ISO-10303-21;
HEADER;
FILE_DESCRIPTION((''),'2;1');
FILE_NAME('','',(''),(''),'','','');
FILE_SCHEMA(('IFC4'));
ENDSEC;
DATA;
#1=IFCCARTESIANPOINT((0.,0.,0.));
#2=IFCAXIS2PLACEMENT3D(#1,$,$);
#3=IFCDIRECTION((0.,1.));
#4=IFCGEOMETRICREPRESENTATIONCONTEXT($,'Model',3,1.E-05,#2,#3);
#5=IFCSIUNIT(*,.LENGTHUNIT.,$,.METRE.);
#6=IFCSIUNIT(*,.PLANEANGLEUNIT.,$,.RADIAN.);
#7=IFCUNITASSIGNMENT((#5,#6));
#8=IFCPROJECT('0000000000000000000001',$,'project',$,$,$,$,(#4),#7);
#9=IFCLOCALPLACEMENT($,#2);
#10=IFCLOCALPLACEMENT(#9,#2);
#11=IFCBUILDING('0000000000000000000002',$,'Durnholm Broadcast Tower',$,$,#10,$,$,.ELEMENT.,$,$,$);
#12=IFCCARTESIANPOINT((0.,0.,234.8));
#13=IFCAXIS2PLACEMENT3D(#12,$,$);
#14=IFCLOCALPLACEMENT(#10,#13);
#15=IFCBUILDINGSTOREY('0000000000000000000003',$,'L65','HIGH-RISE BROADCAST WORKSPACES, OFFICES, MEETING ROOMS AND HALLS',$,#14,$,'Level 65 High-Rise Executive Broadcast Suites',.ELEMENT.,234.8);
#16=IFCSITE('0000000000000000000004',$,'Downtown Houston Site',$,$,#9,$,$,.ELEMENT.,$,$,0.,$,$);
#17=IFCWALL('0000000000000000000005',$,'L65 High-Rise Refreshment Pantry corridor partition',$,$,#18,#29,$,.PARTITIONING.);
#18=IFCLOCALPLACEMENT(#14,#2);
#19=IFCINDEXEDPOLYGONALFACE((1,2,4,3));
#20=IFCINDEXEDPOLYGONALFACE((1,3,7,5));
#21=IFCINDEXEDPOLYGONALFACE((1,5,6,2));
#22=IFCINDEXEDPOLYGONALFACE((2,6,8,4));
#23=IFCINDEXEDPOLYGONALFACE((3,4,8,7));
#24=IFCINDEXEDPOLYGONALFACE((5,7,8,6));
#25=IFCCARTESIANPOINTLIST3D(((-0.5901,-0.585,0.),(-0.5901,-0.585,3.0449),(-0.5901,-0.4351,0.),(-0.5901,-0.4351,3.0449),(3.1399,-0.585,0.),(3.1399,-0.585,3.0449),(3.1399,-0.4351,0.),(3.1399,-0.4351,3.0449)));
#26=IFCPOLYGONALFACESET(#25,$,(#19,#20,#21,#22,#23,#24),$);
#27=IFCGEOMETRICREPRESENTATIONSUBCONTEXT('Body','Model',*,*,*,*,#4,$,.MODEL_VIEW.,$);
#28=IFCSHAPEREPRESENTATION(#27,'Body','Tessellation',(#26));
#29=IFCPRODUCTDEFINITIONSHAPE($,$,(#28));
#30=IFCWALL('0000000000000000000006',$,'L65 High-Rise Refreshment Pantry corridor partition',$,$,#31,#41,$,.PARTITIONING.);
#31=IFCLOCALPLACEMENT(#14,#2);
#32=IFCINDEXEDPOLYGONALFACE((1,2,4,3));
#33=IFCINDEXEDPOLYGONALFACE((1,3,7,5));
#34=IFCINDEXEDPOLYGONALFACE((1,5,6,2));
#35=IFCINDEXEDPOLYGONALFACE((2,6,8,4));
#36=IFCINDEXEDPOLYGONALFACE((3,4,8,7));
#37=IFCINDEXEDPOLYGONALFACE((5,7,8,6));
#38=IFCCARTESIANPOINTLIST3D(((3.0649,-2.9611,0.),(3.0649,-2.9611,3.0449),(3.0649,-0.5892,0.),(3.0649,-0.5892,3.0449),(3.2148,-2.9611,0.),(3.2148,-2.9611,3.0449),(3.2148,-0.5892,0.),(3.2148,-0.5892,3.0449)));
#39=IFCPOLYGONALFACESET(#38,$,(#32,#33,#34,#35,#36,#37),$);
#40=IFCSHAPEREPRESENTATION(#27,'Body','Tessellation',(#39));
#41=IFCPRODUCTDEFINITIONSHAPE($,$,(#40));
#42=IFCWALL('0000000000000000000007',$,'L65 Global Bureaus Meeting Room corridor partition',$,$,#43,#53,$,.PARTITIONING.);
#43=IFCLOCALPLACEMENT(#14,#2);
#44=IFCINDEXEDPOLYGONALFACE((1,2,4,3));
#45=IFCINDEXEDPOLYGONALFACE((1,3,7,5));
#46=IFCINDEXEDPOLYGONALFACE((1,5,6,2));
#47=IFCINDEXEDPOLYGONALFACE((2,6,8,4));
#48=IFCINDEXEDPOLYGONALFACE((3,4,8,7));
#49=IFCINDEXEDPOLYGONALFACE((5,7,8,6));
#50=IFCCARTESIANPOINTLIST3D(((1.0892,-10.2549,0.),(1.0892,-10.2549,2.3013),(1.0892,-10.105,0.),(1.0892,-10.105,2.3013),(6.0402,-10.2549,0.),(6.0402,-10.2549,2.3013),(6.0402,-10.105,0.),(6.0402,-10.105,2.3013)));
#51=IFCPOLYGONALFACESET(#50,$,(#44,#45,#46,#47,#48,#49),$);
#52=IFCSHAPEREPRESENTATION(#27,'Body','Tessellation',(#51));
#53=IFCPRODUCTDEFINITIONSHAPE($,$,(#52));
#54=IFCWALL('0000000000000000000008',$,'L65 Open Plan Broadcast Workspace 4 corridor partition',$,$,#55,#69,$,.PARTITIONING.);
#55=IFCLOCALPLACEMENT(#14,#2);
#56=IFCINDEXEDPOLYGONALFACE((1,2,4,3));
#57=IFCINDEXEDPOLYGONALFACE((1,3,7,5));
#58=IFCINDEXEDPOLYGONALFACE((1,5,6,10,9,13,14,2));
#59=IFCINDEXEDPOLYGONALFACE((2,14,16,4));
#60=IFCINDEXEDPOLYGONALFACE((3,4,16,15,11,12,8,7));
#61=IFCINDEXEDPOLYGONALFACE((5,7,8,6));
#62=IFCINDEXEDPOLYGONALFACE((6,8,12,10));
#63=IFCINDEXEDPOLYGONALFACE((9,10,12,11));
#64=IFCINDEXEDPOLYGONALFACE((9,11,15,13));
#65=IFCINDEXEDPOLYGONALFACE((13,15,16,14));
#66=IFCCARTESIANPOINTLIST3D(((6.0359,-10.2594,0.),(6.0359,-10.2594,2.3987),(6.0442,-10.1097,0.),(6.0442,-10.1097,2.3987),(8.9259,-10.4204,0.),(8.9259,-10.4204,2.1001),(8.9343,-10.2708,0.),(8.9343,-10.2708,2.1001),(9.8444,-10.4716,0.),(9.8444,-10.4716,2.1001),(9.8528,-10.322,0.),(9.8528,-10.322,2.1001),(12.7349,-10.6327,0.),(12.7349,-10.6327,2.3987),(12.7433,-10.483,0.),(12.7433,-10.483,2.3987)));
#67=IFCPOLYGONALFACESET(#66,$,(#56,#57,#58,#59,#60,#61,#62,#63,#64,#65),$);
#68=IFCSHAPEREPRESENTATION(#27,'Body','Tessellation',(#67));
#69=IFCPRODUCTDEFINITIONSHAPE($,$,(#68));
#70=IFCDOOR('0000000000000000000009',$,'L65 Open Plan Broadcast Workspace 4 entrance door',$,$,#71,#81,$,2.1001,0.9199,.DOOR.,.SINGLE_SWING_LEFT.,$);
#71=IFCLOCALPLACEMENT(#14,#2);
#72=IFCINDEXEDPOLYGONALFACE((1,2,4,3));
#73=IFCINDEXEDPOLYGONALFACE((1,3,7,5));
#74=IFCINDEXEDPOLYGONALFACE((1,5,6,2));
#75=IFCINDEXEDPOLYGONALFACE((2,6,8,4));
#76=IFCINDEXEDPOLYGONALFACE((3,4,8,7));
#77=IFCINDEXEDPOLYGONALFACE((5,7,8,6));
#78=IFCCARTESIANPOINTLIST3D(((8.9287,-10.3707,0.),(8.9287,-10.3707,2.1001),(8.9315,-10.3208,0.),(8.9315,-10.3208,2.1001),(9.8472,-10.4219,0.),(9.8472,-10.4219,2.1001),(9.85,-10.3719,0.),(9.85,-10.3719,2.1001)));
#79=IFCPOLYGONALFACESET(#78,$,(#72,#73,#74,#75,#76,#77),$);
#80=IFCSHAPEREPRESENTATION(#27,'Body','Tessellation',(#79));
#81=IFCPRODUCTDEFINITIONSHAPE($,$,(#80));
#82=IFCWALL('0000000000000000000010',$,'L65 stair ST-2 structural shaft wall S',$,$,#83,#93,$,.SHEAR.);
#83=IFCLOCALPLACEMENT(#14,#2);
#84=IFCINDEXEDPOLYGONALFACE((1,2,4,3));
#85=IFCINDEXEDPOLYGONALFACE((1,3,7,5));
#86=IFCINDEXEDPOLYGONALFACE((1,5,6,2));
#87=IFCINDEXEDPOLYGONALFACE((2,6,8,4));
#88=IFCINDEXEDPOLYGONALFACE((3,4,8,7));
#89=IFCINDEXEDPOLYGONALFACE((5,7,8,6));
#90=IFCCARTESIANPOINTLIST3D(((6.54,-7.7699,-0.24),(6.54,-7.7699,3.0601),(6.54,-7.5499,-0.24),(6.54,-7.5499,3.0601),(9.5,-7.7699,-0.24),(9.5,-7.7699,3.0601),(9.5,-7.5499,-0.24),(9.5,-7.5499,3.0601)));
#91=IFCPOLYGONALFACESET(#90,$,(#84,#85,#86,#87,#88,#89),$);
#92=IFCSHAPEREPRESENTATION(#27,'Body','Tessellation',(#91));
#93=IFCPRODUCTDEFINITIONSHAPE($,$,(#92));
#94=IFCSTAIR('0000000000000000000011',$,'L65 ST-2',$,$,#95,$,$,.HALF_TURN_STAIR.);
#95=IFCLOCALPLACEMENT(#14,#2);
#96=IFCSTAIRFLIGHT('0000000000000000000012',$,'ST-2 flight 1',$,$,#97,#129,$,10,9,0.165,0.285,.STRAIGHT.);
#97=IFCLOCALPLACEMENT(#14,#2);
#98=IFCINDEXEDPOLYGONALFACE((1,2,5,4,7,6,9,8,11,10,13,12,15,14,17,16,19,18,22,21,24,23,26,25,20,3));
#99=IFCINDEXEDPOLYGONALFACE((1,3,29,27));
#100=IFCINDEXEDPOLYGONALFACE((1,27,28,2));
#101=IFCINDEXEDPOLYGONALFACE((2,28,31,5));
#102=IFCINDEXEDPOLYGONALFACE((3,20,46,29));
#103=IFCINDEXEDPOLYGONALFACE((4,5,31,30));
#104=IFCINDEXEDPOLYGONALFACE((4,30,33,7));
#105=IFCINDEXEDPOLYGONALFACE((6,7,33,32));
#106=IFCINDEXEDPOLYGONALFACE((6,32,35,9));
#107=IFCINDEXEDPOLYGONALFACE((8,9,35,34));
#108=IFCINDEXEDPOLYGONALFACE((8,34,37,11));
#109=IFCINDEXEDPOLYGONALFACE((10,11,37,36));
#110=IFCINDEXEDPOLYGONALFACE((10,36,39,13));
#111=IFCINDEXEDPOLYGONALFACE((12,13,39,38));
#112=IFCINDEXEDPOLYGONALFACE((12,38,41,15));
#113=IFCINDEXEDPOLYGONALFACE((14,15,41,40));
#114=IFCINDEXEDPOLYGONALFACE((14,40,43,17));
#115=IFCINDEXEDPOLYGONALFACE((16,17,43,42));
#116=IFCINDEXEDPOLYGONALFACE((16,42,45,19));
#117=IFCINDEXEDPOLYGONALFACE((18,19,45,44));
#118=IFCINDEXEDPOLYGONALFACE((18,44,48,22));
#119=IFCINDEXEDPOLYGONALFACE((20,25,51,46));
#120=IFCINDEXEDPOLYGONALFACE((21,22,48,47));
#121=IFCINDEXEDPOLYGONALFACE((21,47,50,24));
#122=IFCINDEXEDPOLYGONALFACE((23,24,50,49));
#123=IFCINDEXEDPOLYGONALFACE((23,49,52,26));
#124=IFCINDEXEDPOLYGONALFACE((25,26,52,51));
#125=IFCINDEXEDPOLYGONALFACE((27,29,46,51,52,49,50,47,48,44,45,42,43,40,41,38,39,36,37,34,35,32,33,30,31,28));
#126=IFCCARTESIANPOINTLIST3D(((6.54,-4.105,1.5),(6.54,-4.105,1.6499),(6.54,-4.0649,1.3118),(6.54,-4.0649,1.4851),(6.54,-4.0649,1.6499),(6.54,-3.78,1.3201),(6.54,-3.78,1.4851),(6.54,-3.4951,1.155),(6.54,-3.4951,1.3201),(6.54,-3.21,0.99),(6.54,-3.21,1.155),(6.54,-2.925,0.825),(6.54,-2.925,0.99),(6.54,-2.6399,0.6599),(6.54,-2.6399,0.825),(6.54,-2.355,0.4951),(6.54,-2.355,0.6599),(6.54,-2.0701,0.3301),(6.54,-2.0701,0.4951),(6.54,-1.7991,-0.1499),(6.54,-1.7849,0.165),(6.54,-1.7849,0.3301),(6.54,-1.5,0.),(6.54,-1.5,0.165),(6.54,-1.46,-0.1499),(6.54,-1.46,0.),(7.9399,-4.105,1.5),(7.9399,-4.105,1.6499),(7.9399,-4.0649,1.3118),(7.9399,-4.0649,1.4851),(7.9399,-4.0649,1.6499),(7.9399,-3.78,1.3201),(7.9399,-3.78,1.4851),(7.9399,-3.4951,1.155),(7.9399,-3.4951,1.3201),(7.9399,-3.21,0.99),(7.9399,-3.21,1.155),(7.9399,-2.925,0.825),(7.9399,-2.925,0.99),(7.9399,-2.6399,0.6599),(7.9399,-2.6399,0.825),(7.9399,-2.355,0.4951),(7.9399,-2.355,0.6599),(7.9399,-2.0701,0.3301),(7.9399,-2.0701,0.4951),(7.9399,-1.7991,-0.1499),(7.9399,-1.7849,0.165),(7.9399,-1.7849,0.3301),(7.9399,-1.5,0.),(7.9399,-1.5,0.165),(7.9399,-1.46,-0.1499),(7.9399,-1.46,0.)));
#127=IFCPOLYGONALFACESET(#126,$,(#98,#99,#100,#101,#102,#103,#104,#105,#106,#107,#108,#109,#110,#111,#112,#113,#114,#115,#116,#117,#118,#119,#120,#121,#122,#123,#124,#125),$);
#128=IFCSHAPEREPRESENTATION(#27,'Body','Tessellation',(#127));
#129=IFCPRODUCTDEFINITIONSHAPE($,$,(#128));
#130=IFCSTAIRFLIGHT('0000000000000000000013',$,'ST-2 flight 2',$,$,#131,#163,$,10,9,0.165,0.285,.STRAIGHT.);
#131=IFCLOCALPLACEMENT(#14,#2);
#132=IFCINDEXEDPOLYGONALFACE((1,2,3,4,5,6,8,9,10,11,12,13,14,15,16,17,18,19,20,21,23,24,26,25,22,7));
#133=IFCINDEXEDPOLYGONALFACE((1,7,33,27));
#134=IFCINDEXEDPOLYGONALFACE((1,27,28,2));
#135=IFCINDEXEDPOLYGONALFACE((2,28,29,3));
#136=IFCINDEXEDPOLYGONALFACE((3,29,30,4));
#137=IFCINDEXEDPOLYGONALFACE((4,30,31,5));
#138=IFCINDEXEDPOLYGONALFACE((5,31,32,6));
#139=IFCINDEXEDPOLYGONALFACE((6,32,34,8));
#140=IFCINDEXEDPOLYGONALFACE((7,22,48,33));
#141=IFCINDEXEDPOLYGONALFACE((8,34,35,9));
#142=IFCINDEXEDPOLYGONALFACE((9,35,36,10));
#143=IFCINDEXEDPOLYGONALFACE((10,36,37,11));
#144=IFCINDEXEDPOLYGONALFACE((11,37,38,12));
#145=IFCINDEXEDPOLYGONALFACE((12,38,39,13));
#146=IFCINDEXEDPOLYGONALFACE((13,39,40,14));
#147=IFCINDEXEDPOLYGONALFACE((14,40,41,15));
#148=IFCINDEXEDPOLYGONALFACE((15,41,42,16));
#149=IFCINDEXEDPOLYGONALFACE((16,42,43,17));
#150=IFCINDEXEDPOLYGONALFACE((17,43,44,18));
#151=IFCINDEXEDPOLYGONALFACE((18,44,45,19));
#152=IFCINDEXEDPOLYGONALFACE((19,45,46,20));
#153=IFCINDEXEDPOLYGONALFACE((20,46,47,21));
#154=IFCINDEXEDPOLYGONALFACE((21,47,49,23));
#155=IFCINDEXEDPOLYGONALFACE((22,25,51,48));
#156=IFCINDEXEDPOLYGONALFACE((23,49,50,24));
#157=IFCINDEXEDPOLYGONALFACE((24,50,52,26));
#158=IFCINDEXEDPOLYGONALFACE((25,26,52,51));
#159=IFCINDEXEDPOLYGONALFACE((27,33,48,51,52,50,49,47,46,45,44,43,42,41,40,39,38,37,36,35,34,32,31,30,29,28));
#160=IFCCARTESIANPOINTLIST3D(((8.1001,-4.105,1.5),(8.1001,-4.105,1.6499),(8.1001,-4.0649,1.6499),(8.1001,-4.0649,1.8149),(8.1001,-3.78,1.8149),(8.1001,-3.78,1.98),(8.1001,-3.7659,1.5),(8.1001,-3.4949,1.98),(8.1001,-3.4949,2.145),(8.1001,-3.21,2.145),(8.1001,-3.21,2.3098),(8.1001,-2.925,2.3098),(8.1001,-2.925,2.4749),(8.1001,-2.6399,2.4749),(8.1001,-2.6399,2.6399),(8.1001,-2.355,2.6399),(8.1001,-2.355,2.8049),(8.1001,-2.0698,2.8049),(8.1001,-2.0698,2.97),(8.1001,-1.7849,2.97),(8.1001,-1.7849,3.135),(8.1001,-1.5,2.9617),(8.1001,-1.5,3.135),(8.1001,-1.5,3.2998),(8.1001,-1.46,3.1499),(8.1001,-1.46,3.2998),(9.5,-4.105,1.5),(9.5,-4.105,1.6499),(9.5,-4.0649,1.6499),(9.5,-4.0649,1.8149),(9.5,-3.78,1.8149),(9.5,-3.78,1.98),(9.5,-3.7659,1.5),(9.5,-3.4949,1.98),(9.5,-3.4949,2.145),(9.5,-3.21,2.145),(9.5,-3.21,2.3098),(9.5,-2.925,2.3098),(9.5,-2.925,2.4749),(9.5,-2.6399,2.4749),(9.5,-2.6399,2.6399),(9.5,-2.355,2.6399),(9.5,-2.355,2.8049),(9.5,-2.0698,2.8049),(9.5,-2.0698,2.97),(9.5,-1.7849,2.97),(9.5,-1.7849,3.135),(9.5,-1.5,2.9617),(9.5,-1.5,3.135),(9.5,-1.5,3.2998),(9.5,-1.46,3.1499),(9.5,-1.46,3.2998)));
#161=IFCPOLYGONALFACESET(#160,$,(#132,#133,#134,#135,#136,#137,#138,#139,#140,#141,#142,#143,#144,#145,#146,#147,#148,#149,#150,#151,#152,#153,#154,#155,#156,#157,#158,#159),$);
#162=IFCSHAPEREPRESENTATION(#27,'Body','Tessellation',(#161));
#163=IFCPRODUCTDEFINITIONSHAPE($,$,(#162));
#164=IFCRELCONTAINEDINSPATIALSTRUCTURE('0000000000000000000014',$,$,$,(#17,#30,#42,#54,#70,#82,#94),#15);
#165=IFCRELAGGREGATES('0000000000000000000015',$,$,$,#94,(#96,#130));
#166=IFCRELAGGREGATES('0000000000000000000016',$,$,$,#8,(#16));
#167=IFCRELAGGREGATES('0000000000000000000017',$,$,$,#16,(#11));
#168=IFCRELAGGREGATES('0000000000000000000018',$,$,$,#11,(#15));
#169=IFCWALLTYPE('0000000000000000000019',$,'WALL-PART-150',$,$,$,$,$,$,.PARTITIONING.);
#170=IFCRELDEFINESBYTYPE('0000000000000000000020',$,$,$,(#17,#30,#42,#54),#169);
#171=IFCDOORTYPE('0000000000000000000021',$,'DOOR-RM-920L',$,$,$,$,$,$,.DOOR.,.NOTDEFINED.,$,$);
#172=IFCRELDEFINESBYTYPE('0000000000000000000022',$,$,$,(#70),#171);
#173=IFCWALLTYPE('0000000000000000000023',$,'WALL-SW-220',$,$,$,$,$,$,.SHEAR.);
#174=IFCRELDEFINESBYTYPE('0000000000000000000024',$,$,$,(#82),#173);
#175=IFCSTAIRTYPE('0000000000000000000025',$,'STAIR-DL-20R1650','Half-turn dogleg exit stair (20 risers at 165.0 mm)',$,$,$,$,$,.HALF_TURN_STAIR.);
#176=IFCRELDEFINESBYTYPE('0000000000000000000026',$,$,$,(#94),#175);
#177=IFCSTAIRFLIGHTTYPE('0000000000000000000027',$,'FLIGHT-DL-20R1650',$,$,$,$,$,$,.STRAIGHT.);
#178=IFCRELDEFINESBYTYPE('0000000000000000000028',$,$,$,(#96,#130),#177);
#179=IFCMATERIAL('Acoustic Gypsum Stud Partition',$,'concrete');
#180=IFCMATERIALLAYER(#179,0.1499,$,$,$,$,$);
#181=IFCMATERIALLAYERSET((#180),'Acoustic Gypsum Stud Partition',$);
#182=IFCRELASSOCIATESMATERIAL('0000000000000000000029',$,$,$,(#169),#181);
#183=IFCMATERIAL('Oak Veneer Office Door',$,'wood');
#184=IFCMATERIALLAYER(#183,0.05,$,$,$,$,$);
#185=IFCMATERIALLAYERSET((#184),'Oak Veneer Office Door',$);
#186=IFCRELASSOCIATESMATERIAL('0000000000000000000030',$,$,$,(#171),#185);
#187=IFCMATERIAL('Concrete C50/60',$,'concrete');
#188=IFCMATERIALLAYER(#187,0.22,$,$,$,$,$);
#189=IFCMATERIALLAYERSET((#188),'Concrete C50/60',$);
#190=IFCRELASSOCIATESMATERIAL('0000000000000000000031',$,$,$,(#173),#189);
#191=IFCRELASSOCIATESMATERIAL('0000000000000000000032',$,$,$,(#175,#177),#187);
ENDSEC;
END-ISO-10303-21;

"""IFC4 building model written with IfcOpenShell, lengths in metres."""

from ifc_helpers import new_model, si_unit, direction, frame, frame_2d, origin, place, context, subcontext, project, spatial, polyline, rectangle, outline, extrude, source, transform, mapped, material, layer, layer_set, type_object, type_shapes, element, fill, aggregate, save


model = new_model("IFC4")

# Units and contexts
model_context = context("Model", 3, precision=1e-05, world=origin(), true_north=direction((0.0, 1.0)))
body_context = subcontext(model_context, "Body", "Model", "MODEL_VIEW")
ifc_project = project(units=[si_unit("LENGTHUNIT", "METRE"), si_unit("PLANEANGLEUNIT", "RADIAN")], contexts=[model_context])

# Site, building, storey
site_placement = place(None, origin())
site = spatial("IfcSite", under=ifc_project, at=site_placement, Name="Downtown Houston Site", CompositionType="ELEMENT", RefElevation=0.0)
building_placement = place(site_placement, origin())
building = spatial("IfcBuilding", under=site, at=building_placement, Name="Durnholm Broadcast Tower", CompositionType="ELEMENT")
storey_placement = place(building_placement, frame((0.0, 0.0, 234.8)))
storey = spatial("IfcBuildingStorey", under=building, at=storey_placement, Name="L65", Description="HIGH-RISE BROADCAST WORKSPACES, OFFICES, MEETING ROOMS AND HALLS", LongName="Level 65 High-Rise Executive Broadcast Suites", CompositionType="ELEMENT", Elevation=234.8)

# Shared definitions
ifc_material_1 = material(Name="Acoustic Gypsum Stud Partition", Category="concrete")
ifc_layer_1 = layer(ifc_material_1, 0.1499)
ifc_layer_set_1 = layer_set([ifc_layer_1], Name="Acoustic Gypsum Stud Partition")
wall_type_1 = type_object("IfcWallType", Name="WALL-PART-150", PredefinedType="PARTITIONING", material=ifc_layer_set_1)

# Walls
wall_1_placement = place(storey_placement, frame((-0.5901, -0.51, 0.0), z_axis=(0.0, 0.0, 1.0), x_axis=(1.0, 0.0, 0.0)))
element("IfcWall", 1, at=wall_1_placement, inside=storey, type_object=wall_type_1, Name="L65 High-Rise Refreshment Pantry corridor partition", PredefinedType="PARTITIONING", context=body_context, shape_type="SweptSolid", body=[
    extrude(rectangle(XDim=3.73, YDim=0.1499, at=frame_2d((1.865, 0.0))), origin(), (0.0, 0.0, 1.0), 3.0449),
])
wall_2_placement = place(storey_placement, frame((3.1399, -0.5891, 0.0), z_axis=(0.0, 0.0, 1.0), x_axis=(0.0, -1.0, 0.0)))
element("IfcWall", 2, at=wall_2_placement, inside=storey, type_object=wall_type_1, Name="L65 High-Rise Refreshment Pantry corridor partition", PredefinedType="PARTITIONING", context=body_context, shape_type="SweptSolid", body=[
    extrude(rectangle(XDim=2.3718, YDim=0.1499, at=frame_2d((1.186, 0.0))), origin(), (0.0, 0.0, 1.0), 3.0449),
])
wall_3_placement = place(storey_placement, frame((1.0891, -10.1799, 0.0), z_axis=(0.0, 0.0, 1.0), x_axis=(1.0, 0.0, 0.0)))
element("IfcWall", 3, at=wall_3_placement, inside=storey, type_object=wall_type_1, Name="L65 Global Bureaus Meeting Room corridor partition", PredefinedType="PARTITIONING", context=body_context, shape_type="SweptSolid", body=[
    extrude(rectangle(XDim=4.9509, YDim=0.1499, at=frame_2d((2.4756, 0.0))), origin(), (0.0, 0.0, 1.0), 2.3013),
])

# Wall, opening, door
wall_4_placement = place(storey_placement, frame((6.04, -10.1846, 0.0), z_axis=(0.0, 0.0, 1.0), x_axis=(0.998451, -0.055637, 0.0)))
wall_4 = element("IfcWall", 4, at=wall_4_placement, inside=storey, type_object=wall_type_1, Name="L65 Open Plan Broadcast Workspace 4 corridor partition", PredefinedType="PARTITIONING", context=body_context, shape_type="SweptSolid", body=[
    extrude(rectangle(XDim=6.7095, YDim=0.1499, at=frame_2d((3.3547, 0.0))), origin(), (0.0, 0.0, 1.0), 2.3987),
])
opening_1_placement = place(wall_4_placement, frame((2.8945, 0.0, 0.0)))
opening_1 = element("IfcOpeningElement", 5, at=opening_1_placement, cuts=wall_4, PredefinedType="OPENING", context=body_context, shape_type="SweptSolid", body=[
    extrude(rectangle(XDim=0.9199, YDim=2.1001, at=frame_2d((0.46, 1.05))), frame((0.0, 0.085, 0.0), z_axis=(0.0, -1.0, 0.0), x_axis=(1.0, 0.0, 0.0)), (0.0, 0.0, 1.0), 0.1699),
])
ifc_material_2 = material(Name="Oak Veneer Office Door", Category="wood")
ifc_layer_2 = layer(ifc_material_2, 0.05)
ifc_layer_set_2 = layer_set([ifc_layer_2], Name="Oak Veneer Office Door")
door_type_1 = type_object("IfcDoorType", Name="DOOR-RM-920L", OperationType="NOTDEFINED", PredefinedType="DOOR", material=ifc_layer_set_2)
shared_shape_1 = source(origin(), body_context, "Body", "SweptSolid", [
    extrude(rectangle(XDim=0.9199, YDim=2.1001, at=frame_2d((0.46, 1.05))), frame((0.0, 0.0249, 0.0), z_axis=(0.0, -1.0, 0.0), x_axis=(1.0, 0.0, 0.0)), (0.0, 0.0, 1.0), 0.05),
])
type_shapes(door_type_1, [shared_shape_1])
door_1_placement = place(opening_1_placement, origin())
door_1 = element("IfcDoor", 6, at=door_1_placement, inside=storey, type_object=door_type_1, Name="L65 Open Plan Broadcast Workspace 4 entrance door", OperationType="SINGLE_SWING_LEFT", OverallHeight=2.1001, OverallWidth=0.9199, PredefinedType="DOOR", context=body_context, shape_type="MappedRepresentation", body=[
    mapped(shared_shape_1, transform((0.0, 0.0, 0.0), x_axis=(1.0, 0.0, 0.0), y_axis=(0.0, 1.0, 0.0), z_axis=(0.0, 0.0, 1.0), scale=1.0)),
])
fill(opening_1, door_1)

# Wall
ifc_material_3 = material(Name="Concrete C50/60", Category="concrete")
ifc_layer_3 = layer(ifc_material_3, 0.22)
ifc_layer_set_3 = layer_set([ifc_layer_3], Name="Concrete C50/60")
wall_type_2 = type_object("IfcWallType", Name="WALL-SW-220", PredefinedType="SHEAR", material=ifc_layer_set_3)
wall_5_placement = place(storey_placement, frame((6.54, -7.6599, -0.24), z_axis=(0.0, 0.0, 1.0), x_axis=(1.0, 0.0, 0.0)))
element("IfcWall", 7, at=wall_5_placement, inside=storey, type_object=wall_type_2, Name="L65 stair ST-2 structural shaft wall S", PredefinedType="SHEAR", context=body_context, shape_type="SweptSolid", body=[
    extrude(rectangle(XDim=2.96, YDim=0.22, at=frame_2d((1.48, 0.0))), origin(), (0.0, 0.0, 1.0), 3.3),
])

# Stair, stair flights
stair_type = type_object("IfcStairType", Name="STAIR-DL-20R1650", Description="Half-turn dogleg exit stair (20 risers at 165.0 mm)", PredefinedType="HALF_TURN_STAIR", material=ifc_material_3)
stair_placement = place(storey_placement, origin())
stair = element("IfcStair", 8, at=stair_placement, inside=storey, type_object=stair_type, Name="L65 ST-2", PredefinedType="HALF_TURN_STAIR")
stair_flight_type = type_object("IfcStairFlightType", Name="FLIGHT-DL-20R1650", PredefinedType="STRAIGHT", material=ifc_material_3)
stair_flight_1_placement = place(storey_placement, frame((7.24, -1.5, 0.0), z_axis=(0.0, 0.0, 1.0), x_axis=(0.0, -1.0, 0.0)))
stair_flight_1 = element("IfcStairFlight", 9, at=stair_flight_1_placement, type_object=stair_flight_type, Name="ST-2 flight 1", NumberOfRisers=10, NumberOfTreads=9, PredefinedType="STRAIGHT", RiserHeight=0.165, TreadLength=0.285, context=body_context, shape_type="SweptSolid", body=[
    extrude(outline(polyline([(-0.04, -0.1499), (-0.04, 0.0), (0.0, 0.0), (0.0, 0.165), (0.2849, 0.165), (0.2849, 0.3301), (0.5701, 0.3301), (0.5701, 0.4951), (0.855, 0.4951), (0.855, 0.6599), (1.1399, 0.6599), (1.1399, 0.825), (1.425, 0.825), (1.425, 0.99), (1.71, 0.99), (1.71, 1.155), (1.9951, 1.155), (1.9951, 1.3201), (2.28, 1.3201), (2.28, 1.4851), (2.5649, 1.4851), (2.5649, 1.6499), (2.605, 1.6499), (2.605, 1.5), (2.5649, 1.3118), (0.2991, -0.1499), (-0.04, -0.1499)])), frame((0.0, 0.7, 0.0), z_axis=(0.0, -1.0, 0.0), x_axis=(1.0, 0.0, 0.0)), (0.0, 0.0, 1.0), 1.3999),
])
stair_flight_2_placement = place(storey_placement, frame((8.8, -4.0649, 1.6499), z_axis=(0.0, 0.0, 1.0), x_axis=(0.0, 1.0, 0.0)))
stair_flight_2 = element("IfcStairFlight", 10, at=stair_flight_2_placement, type_object=stair_flight_type, Name="ST-2 flight 2", NumberOfRisers=10, NumberOfTreads=9, PredefinedType="STRAIGHT", RiserHeight=0.165, TreadLength=0.285, context=body_context, shape_type="SweptSolid", body=[
    extrude(outline(polyline([(-0.04, -0.1499), (-0.04, 0.0), (0.0, 0.0), (0.0, 0.165), (0.2849, 0.165), (0.2849, 0.3301), (0.5701, 0.3301), (0.5701, 0.4951), (0.855, 0.4951), (0.855, 0.6599), (1.1399, 0.6599), (1.1399, 0.825), (1.425, 0.825), (1.425, 0.99), (1.71, 0.99), (1.71, 1.155), (1.9951, 1.155), (1.9951, 1.3201), (2.28, 1.3201), (2.28, 1.4851), (2.5649, 1.4851), (2.5649, 1.6499), (2.605, 1.6499), (2.605, 1.5), (2.5649, 1.3118), (0.2991, -0.1499), (-0.04, -0.1499)])), frame((0.0, 0.7, 0.0), z_axis=(0.0, -1.0, 0.0), x_axis=(1.0, 0.0, 0.0)), (0.0, 0.0, 1.0), 1.3999),
])
aggregate(stair, [stair_flight_1, stair_flight_2])

save(model, "model.ifc")
